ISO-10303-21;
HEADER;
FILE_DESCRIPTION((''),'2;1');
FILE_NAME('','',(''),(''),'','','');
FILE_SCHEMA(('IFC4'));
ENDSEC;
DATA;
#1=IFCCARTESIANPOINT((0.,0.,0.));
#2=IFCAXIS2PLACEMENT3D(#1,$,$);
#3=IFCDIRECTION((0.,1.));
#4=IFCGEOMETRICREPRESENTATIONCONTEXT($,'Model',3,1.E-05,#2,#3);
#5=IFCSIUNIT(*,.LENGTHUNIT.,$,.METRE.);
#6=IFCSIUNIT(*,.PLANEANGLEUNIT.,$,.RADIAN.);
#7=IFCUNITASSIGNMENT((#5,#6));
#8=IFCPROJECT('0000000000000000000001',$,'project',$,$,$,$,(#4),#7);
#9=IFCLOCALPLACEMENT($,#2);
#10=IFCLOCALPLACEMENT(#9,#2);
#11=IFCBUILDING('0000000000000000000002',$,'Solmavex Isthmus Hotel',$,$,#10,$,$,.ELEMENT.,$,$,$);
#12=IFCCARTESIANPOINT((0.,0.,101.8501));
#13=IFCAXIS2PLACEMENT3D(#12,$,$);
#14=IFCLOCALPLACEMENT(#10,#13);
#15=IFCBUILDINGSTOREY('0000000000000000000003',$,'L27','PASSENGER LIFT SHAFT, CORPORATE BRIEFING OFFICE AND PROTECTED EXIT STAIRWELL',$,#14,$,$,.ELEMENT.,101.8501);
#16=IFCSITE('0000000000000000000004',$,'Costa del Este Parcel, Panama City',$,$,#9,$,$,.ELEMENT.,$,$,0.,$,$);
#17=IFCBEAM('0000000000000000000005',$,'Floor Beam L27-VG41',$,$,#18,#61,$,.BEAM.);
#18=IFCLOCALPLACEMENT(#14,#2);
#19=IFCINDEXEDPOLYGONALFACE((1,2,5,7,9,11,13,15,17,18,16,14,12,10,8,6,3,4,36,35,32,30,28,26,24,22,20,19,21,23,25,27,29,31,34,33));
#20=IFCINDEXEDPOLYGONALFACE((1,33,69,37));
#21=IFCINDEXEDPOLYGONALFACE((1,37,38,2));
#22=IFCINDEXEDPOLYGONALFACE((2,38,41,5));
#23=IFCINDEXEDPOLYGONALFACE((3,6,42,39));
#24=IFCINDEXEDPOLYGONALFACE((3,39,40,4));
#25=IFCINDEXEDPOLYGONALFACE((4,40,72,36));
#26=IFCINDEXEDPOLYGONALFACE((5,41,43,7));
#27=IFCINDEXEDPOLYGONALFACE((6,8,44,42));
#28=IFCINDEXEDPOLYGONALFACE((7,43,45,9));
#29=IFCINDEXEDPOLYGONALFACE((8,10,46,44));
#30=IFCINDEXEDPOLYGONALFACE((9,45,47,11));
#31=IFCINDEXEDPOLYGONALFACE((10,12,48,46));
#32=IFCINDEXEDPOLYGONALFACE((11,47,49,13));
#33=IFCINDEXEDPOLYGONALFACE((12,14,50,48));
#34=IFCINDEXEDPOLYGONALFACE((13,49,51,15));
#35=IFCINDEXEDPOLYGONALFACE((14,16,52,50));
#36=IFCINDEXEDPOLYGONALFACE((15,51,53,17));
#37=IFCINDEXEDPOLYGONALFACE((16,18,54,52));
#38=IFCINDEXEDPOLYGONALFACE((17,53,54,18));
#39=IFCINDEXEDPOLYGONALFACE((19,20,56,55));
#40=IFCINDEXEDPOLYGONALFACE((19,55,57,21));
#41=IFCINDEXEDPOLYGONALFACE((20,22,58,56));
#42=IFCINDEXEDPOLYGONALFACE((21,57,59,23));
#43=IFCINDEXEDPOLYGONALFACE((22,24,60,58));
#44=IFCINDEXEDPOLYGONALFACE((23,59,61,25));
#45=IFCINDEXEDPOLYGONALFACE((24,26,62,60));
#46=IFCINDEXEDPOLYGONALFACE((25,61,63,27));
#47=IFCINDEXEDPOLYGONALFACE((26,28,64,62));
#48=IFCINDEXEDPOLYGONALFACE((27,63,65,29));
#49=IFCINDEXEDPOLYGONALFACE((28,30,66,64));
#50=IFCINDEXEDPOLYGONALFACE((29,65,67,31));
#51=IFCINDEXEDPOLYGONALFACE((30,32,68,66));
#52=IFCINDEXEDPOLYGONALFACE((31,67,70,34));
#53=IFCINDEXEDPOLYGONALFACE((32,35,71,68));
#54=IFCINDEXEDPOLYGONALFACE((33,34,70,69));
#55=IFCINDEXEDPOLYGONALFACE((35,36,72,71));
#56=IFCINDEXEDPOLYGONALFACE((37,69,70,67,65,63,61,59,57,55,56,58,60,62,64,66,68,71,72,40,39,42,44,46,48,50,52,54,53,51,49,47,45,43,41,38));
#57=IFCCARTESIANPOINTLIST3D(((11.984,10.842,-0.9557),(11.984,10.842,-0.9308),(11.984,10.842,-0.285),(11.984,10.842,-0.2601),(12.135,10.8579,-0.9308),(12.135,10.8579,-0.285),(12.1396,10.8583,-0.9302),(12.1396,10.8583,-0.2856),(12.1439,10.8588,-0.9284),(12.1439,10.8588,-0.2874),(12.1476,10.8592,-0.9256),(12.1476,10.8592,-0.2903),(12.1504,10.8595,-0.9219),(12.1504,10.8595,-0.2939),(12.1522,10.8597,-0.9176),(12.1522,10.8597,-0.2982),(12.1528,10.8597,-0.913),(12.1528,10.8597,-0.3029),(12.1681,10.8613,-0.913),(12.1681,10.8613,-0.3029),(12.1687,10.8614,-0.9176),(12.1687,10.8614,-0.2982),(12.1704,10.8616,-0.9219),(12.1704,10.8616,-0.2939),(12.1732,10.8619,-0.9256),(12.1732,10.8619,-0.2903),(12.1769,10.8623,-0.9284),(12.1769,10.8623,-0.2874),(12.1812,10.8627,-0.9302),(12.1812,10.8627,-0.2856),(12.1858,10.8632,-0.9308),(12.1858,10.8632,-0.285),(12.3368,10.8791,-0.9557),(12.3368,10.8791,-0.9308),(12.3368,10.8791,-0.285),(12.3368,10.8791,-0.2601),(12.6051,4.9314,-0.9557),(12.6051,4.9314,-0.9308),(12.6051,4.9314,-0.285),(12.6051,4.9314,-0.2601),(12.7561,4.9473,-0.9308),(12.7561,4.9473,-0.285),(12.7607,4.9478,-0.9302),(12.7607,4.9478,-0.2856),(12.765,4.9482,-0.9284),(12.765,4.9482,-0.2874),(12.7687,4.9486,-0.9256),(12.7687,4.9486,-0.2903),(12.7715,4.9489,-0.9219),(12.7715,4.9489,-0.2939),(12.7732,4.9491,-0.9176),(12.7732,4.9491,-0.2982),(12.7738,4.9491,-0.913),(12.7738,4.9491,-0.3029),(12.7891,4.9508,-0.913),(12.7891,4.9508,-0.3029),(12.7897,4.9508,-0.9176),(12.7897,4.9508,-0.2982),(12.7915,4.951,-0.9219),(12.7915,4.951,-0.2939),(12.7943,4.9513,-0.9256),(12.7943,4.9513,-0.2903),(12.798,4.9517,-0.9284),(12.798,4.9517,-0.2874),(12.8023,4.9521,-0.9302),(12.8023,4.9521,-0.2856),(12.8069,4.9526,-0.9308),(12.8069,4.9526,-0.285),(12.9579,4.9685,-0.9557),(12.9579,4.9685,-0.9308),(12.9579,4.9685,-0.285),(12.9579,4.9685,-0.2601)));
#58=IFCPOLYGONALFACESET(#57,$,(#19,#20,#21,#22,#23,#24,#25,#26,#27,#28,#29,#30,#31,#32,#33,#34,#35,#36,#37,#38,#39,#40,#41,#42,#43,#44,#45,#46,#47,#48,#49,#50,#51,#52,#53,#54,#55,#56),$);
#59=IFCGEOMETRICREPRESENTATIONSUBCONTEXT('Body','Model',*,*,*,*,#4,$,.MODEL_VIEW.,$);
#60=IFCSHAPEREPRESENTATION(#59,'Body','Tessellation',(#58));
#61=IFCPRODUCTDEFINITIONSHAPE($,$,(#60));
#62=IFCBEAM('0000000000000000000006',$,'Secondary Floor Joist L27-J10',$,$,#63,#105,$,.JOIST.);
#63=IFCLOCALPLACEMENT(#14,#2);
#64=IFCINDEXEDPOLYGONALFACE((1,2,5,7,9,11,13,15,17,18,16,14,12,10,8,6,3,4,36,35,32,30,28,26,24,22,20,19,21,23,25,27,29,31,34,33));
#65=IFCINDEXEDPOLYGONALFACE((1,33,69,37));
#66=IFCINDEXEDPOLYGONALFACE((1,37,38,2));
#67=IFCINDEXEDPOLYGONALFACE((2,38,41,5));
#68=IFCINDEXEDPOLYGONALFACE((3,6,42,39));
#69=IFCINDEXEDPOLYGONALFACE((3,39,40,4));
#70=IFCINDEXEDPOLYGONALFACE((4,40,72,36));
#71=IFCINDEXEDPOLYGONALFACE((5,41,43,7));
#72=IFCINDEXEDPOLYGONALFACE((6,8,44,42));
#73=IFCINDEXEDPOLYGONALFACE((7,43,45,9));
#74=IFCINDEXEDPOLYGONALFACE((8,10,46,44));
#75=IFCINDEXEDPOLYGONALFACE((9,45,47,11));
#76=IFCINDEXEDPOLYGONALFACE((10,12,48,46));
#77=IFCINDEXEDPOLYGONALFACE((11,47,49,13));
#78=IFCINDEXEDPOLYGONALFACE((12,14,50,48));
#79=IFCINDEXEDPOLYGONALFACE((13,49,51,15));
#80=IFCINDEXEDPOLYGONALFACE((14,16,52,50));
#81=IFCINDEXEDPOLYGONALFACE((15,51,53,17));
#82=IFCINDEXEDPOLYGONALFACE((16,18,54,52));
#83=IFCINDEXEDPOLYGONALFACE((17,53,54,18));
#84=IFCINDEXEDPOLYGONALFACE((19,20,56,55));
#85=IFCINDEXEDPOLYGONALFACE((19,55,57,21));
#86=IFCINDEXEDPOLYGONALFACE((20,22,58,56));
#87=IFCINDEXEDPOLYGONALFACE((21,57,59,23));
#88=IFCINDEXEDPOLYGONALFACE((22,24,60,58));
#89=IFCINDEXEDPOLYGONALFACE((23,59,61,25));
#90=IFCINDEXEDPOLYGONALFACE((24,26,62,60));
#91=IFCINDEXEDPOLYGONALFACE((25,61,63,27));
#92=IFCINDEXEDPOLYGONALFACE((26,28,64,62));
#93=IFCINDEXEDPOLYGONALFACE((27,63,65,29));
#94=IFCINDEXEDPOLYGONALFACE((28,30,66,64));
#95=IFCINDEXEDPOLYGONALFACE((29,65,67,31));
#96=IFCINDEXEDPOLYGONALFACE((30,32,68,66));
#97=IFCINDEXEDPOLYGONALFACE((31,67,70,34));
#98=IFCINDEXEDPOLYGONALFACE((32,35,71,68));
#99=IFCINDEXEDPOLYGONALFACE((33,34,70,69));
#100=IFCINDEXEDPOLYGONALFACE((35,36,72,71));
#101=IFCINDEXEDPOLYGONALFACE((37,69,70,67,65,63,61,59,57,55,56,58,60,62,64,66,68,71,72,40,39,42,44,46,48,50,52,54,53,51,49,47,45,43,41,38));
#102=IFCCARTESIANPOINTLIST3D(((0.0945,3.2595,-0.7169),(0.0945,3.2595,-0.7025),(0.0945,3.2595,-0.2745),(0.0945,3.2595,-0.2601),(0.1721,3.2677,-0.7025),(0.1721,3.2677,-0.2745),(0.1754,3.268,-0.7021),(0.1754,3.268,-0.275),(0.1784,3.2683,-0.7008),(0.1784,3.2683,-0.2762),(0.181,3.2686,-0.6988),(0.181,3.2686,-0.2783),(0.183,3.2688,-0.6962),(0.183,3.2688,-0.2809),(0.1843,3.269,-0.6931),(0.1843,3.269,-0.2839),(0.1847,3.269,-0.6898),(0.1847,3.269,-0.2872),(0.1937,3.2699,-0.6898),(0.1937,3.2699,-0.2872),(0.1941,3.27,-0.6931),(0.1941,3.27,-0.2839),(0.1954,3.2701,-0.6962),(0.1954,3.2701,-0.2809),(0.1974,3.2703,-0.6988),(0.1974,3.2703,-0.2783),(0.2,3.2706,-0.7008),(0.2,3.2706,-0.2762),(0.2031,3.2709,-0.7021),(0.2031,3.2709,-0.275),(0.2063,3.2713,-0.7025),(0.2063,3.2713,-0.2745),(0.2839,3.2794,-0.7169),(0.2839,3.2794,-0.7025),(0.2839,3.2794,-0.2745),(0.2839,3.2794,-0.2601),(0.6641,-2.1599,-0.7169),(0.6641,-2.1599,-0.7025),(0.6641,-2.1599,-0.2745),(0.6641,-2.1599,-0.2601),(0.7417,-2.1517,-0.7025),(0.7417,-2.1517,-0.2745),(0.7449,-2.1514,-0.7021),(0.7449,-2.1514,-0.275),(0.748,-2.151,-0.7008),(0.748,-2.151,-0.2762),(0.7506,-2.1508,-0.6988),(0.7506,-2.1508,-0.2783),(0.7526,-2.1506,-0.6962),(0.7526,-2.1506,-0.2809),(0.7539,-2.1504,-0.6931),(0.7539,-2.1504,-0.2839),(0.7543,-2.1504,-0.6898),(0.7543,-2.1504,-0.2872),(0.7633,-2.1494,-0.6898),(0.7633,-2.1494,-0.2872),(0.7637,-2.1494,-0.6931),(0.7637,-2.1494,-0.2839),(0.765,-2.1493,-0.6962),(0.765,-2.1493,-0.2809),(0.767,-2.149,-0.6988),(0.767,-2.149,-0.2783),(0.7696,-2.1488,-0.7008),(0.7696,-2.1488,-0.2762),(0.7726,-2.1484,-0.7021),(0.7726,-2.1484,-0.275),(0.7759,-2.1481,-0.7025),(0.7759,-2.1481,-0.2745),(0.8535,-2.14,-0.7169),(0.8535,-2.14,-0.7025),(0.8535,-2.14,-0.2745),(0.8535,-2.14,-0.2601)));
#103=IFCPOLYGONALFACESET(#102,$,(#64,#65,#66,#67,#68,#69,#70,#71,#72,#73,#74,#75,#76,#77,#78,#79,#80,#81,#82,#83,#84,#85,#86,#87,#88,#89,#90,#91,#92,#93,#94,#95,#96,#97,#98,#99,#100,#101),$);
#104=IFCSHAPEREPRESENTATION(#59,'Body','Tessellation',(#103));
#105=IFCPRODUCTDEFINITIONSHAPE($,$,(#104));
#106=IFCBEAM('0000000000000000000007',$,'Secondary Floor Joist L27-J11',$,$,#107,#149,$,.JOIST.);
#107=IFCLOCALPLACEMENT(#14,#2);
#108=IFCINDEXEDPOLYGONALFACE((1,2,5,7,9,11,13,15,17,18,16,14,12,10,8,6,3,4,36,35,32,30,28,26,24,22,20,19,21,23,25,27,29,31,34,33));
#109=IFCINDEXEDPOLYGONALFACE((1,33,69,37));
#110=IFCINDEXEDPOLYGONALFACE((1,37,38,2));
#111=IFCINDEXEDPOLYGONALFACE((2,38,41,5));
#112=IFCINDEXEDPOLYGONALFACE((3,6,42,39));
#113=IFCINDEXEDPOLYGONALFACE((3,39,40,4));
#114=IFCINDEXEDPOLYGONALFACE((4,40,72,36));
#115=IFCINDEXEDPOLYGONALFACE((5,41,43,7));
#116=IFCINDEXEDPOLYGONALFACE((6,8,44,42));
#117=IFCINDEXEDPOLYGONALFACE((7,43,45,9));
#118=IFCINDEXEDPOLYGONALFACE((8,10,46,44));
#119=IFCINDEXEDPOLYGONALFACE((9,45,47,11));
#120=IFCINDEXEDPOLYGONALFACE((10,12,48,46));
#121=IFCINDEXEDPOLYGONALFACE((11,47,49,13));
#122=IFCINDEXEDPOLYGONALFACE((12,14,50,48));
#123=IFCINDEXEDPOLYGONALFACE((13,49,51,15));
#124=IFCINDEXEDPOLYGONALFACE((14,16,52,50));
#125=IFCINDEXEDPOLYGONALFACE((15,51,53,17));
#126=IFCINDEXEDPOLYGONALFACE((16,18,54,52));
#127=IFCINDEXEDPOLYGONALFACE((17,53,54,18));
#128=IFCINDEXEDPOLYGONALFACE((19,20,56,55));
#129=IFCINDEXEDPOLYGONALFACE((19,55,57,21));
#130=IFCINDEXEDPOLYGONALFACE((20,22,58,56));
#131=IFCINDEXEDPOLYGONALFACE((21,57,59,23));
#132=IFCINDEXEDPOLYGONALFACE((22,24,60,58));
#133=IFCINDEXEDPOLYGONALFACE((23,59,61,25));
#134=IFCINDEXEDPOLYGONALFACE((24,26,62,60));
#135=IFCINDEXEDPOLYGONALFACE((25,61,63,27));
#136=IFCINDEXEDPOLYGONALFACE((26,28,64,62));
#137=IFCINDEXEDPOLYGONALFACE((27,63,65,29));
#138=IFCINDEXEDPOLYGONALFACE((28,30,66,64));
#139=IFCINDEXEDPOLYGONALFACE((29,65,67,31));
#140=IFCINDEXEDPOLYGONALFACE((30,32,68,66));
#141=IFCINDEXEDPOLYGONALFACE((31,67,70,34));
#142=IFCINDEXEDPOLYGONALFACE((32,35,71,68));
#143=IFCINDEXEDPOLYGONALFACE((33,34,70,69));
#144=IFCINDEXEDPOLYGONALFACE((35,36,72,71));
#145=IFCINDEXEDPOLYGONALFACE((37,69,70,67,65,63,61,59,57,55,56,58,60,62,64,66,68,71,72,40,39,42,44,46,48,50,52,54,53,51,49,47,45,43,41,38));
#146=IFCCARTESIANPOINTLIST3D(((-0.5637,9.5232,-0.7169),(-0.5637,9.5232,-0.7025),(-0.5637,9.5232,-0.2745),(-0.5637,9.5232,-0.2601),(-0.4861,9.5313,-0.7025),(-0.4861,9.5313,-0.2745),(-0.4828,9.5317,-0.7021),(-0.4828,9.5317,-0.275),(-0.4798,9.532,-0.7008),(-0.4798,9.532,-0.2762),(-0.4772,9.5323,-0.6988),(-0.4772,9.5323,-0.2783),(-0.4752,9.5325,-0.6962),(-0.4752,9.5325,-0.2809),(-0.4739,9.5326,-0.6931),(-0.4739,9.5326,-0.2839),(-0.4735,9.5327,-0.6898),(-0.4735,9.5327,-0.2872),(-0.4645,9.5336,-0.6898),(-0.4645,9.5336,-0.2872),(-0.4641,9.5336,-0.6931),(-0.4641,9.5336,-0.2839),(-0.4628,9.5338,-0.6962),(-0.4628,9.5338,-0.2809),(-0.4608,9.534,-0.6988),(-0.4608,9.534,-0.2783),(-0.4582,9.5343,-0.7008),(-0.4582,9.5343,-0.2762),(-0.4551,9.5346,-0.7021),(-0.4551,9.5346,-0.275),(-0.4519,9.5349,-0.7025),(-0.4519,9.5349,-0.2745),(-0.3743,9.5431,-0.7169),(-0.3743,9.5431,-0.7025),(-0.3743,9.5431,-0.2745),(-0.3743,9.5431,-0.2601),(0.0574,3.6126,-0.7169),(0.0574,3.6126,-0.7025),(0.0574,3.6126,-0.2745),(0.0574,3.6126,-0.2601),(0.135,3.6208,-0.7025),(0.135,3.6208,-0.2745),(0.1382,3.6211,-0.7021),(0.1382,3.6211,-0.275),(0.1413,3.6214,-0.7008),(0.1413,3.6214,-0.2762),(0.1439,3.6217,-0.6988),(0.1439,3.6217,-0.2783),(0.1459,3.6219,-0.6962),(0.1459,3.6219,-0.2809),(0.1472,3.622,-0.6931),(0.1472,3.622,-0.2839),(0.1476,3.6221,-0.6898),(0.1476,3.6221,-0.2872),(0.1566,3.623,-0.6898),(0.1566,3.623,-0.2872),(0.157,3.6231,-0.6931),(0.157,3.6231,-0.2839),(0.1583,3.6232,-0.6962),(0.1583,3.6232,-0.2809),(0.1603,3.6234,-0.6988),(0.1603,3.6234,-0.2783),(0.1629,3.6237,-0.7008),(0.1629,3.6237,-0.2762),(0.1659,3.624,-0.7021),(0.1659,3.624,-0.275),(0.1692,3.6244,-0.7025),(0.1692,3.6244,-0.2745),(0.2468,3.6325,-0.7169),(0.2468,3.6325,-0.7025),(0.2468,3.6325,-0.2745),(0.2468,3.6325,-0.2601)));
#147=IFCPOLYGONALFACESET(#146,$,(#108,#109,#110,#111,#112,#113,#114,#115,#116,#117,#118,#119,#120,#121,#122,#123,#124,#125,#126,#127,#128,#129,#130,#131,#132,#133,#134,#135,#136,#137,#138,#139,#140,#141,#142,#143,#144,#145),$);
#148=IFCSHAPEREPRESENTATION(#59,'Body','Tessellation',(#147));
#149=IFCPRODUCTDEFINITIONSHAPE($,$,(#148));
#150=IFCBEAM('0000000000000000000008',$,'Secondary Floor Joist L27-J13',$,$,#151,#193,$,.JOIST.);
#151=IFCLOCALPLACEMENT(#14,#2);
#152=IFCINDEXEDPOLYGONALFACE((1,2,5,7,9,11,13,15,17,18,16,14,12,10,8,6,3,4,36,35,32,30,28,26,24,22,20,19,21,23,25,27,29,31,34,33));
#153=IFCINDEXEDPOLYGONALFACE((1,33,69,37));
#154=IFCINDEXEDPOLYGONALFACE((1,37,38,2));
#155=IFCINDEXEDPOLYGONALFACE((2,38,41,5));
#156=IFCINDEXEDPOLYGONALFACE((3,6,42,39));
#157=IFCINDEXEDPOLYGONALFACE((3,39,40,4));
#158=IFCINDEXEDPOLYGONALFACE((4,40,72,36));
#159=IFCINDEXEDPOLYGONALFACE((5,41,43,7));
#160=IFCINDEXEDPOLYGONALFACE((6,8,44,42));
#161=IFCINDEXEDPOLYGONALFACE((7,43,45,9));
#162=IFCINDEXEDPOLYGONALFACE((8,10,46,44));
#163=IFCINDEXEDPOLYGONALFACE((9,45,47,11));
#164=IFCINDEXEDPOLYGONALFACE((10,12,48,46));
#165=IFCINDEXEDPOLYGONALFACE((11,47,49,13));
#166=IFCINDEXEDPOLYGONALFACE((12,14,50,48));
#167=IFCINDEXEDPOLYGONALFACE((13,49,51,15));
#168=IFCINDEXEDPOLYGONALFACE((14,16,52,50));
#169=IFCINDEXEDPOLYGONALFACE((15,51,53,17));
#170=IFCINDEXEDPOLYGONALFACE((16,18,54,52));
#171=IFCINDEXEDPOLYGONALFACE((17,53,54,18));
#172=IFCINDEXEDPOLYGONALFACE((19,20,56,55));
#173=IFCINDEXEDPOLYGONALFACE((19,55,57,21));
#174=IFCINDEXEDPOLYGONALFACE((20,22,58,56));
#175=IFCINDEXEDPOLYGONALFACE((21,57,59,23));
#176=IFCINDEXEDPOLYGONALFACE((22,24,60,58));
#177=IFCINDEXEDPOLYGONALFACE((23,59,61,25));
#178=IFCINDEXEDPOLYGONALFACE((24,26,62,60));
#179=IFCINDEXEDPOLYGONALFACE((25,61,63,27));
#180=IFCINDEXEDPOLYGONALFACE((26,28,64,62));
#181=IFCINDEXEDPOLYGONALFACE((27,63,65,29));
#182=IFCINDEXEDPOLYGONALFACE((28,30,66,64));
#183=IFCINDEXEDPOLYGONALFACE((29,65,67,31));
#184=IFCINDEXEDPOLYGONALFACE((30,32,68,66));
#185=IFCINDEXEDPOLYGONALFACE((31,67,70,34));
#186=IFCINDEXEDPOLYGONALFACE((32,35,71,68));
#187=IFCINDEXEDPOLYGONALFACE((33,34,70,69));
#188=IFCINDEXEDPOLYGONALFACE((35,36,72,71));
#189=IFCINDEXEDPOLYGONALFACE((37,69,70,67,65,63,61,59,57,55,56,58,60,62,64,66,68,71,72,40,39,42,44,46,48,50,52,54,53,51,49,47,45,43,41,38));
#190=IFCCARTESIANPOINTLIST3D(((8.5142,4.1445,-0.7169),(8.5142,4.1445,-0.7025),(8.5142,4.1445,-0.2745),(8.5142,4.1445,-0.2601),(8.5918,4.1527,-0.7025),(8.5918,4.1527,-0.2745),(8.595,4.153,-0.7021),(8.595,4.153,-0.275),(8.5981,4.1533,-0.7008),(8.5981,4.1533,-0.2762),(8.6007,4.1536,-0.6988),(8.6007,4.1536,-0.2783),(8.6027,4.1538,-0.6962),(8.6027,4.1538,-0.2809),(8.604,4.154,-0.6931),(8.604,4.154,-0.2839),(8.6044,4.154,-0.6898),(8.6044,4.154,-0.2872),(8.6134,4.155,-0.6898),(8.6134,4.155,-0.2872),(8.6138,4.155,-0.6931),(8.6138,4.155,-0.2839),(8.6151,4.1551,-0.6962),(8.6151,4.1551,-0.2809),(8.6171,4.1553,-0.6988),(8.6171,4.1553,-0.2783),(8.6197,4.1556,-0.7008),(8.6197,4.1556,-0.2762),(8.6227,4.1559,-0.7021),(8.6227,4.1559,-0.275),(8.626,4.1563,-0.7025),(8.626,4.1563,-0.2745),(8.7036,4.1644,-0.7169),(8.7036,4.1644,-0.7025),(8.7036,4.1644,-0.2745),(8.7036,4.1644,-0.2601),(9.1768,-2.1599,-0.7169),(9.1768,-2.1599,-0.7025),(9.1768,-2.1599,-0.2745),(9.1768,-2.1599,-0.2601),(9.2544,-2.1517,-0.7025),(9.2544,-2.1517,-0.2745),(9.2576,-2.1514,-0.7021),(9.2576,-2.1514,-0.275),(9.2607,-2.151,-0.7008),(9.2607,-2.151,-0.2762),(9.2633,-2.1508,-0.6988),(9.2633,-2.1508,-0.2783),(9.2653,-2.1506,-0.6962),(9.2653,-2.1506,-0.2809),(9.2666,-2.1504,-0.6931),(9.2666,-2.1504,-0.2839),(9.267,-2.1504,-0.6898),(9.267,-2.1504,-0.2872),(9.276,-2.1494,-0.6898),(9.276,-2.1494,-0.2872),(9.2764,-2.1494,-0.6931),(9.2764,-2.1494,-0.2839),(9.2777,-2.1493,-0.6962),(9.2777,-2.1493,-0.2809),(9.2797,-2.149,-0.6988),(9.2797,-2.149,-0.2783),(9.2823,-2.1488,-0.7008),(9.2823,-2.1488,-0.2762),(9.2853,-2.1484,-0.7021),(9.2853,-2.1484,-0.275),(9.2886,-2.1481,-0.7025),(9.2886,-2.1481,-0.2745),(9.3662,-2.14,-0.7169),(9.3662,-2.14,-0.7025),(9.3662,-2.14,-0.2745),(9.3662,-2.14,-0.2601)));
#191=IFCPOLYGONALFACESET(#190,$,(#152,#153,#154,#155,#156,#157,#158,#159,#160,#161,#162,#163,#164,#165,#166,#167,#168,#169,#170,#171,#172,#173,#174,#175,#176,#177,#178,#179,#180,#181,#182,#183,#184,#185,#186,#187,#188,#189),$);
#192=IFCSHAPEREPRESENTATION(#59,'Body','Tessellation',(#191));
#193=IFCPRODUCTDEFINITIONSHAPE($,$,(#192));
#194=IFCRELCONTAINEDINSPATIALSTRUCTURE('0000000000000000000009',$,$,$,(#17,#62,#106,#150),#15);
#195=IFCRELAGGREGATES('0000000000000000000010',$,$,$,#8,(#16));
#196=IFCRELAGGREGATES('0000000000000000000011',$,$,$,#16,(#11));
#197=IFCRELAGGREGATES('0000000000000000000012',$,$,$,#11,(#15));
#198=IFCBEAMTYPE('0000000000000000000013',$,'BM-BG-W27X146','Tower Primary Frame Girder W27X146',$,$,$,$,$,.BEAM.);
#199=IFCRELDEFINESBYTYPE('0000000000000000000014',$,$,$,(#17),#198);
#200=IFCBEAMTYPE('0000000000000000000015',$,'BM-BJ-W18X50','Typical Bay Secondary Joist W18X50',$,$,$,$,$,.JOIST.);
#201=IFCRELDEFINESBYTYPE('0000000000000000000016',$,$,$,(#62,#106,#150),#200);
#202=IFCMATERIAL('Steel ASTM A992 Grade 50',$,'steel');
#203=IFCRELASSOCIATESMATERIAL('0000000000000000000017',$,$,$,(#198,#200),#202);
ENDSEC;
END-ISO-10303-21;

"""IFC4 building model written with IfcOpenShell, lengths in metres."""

from ifc_helpers import new_model, si_unit, direction, frame, origin, origin_2d, place, context, subcontext, project, spatial, i_section, extrude, material, material_profile, profile_set, type_object, element, save


model = new_model("IFC4")

# Units and contexts
model_context = context("Model", 3, precision=1e-05, world=origin(), true_north=direction((0.0, 1.0)))
body_context = subcontext(model_context, "Body", "Model", "MODEL_VIEW")
ifc_project = project(units=[si_unit("LENGTHUNIT", "METRE"), si_unit("PLANEANGLEUNIT", "RADIAN")], contexts=[model_context])

# Site, building, storey
site_placement = place(None, origin())
site = spatial("IfcSite", under=ifc_project, at=site_placement, Name="Costa del Este Parcel, Panama City", CompositionType="ELEMENT", RefElevation=0.0)
building_placement = place(site_placement, origin())
building = spatial("IfcBuilding", under=site, at=building_placement, Name="Solmavex Isthmus Hotel", CompositionType="ELEMENT")
storey_placement = place(building_placement, frame((0.0, 0.0, 101.8501)))
storey = spatial("IfcBuildingStorey", under=building, at=storey_placement, Name="L27", Description="PASSENGER LIFT SHAFT, CORPORATE BRIEFING OFFICE AND PROTECTED EXIT STAIRWELL", CompositionType="ELEMENT", Elevation=101.8501)

# Beams
ifc_material_1 = material(Name="Steel ASTM A992 Grade 50", Category="steel")
ifc_material_profile_1 = material_profile(ifc_material_1, i_section(OverallWidth=0.3547, OverallDepth=0.6956, WebThickness=0.0154, FlangeThickness=0.0249, FilletRadius=0.0178, at=origin_2d()), Name="W27X146")
ifc_profile_set_1 = profile_set([ifc_material_profile_1], Name="Steel ASTM A992 Grade 50")
beam_type_1 = type_object("IfcBeamType", Name="BM-BG-W27X146", Description="Tower Primary Frame Girder W27X146", PredefinedType="BEAM", material=ifc_profile_set_1)
beam_1_placement = place(storey_placement, frame((12.7815, 4.95, -0.6079), z_axis=(-0.104505, 0.994524, 0.0), x_axis=(-0.994524, -0.104505, 0.0)))
element("IfcBeam", 1, at=beam_1_placement, inside=storey, type_object=beam_type_1, Name="Floor Beam L27-VG41", PredefinedType="BEAM", context=body_context, shape_type="SweptSolid", body=[
    extrude(i_section(OverallWidth=0.3547, OverallDepth=0.6956, WebThickness=0.0154, FlangeThickness=0.0249, FilletRadius=0.0178, at=origin_2d()), origin(), (0.0, 0.0, 1.0), 5.9431),
])
ifc_material_profile_2 = material_profile(ifc_material_1, i_section(OverallWidth=0.1904, OverallDepth=0.4568, WebThickness=0.009, FlangeThickness=0.0144, FilletRadius=0.0127, at=origin_2d()), Name="W18X50")
ifc_profile_set_2 = profile_set([ifc_material_profile_2], Name="Steel ASTM A992 Grade 50")
beam_type_2 = type_object("IfcBeamType", Name="BM-BJ-W18X50", Description="Typical Bay Secondary Joist W18X50", PredefinedType="JOIST", material=ifc_profile_set_2)
beam_2_placement = place(storey_placement, frame((0.7588, -2.1499, -0.4885), z_axis=(-0.104524, 0.994522, 0.0), x_axis=(-0.994522, -0.104524, 0.0)))
element("IfcBeam", 2, at=beam_2_placement, inside=storey, type_object=beam_type_2, Name="Secondary Floor Joist L27-J10", PredefinedType="JOIST", context=body_context, shape_type="SweptSolid", body=[
    extrude(i_section(OverallWidth=0.1904, OverallDepth=0.4568, WebThickness=0.009, FlangeThickness=0.0144, FilletRadius=0.0127, at=origin_2d()), origin(), (0.0, 0.0, 1.0), 5.4492),
])
beam_3_placement = place(storey_placement, frame((0.1521, 3.6226, -0.4885), z_axis=(-0.104505, 0.994524, 0.0), x_axis=(-0.994524, -0.104505, 0.0)))
element("IfcBeam", 3, at=beam_3_placement, inside=storey, type_object=beam_type_2, Name="Secondary Floor Joist L27-J11", PredefinedType="JOIST", context=body_context, shape_type="SweptSolid", body=[
    extrude(i_section(OverallWidth=0.1904, OverallDepth=0.4568, WebThickness=0.009, FlangeThickness=0.0144, FilletRadius=0.0127, at=origin_2d()), origin(), (0.0, 0.0, 1.0), 5.9431),
])
beam_4_placement = place(storey_placement, frame((9.2715, -2.1499, -0.4885), z_axis=(-0.104524, 0.994522, 0.0), x_axis=(-0.994522, -0.104524, 0.0)))
element("IfcBeam", 4, at=beam_4_placement, inside=storey, type_object=beam_type_2, Name="Secondary Floor Joist L27-J13", PredefinedType="JOIST", context=body_context, shape_type="SweptSolid", body=[
    extrude(i_section(OverallWidth=0.1904, OverallDepth=0.4568, WebThickness=0.009, FlangeThickness=0.0144, FilletRadius=0.0127, at=origin_2d()), origin(), (0.0, 0.0, 1.0), 6.3391),
])

save(model, "model.ifc")
